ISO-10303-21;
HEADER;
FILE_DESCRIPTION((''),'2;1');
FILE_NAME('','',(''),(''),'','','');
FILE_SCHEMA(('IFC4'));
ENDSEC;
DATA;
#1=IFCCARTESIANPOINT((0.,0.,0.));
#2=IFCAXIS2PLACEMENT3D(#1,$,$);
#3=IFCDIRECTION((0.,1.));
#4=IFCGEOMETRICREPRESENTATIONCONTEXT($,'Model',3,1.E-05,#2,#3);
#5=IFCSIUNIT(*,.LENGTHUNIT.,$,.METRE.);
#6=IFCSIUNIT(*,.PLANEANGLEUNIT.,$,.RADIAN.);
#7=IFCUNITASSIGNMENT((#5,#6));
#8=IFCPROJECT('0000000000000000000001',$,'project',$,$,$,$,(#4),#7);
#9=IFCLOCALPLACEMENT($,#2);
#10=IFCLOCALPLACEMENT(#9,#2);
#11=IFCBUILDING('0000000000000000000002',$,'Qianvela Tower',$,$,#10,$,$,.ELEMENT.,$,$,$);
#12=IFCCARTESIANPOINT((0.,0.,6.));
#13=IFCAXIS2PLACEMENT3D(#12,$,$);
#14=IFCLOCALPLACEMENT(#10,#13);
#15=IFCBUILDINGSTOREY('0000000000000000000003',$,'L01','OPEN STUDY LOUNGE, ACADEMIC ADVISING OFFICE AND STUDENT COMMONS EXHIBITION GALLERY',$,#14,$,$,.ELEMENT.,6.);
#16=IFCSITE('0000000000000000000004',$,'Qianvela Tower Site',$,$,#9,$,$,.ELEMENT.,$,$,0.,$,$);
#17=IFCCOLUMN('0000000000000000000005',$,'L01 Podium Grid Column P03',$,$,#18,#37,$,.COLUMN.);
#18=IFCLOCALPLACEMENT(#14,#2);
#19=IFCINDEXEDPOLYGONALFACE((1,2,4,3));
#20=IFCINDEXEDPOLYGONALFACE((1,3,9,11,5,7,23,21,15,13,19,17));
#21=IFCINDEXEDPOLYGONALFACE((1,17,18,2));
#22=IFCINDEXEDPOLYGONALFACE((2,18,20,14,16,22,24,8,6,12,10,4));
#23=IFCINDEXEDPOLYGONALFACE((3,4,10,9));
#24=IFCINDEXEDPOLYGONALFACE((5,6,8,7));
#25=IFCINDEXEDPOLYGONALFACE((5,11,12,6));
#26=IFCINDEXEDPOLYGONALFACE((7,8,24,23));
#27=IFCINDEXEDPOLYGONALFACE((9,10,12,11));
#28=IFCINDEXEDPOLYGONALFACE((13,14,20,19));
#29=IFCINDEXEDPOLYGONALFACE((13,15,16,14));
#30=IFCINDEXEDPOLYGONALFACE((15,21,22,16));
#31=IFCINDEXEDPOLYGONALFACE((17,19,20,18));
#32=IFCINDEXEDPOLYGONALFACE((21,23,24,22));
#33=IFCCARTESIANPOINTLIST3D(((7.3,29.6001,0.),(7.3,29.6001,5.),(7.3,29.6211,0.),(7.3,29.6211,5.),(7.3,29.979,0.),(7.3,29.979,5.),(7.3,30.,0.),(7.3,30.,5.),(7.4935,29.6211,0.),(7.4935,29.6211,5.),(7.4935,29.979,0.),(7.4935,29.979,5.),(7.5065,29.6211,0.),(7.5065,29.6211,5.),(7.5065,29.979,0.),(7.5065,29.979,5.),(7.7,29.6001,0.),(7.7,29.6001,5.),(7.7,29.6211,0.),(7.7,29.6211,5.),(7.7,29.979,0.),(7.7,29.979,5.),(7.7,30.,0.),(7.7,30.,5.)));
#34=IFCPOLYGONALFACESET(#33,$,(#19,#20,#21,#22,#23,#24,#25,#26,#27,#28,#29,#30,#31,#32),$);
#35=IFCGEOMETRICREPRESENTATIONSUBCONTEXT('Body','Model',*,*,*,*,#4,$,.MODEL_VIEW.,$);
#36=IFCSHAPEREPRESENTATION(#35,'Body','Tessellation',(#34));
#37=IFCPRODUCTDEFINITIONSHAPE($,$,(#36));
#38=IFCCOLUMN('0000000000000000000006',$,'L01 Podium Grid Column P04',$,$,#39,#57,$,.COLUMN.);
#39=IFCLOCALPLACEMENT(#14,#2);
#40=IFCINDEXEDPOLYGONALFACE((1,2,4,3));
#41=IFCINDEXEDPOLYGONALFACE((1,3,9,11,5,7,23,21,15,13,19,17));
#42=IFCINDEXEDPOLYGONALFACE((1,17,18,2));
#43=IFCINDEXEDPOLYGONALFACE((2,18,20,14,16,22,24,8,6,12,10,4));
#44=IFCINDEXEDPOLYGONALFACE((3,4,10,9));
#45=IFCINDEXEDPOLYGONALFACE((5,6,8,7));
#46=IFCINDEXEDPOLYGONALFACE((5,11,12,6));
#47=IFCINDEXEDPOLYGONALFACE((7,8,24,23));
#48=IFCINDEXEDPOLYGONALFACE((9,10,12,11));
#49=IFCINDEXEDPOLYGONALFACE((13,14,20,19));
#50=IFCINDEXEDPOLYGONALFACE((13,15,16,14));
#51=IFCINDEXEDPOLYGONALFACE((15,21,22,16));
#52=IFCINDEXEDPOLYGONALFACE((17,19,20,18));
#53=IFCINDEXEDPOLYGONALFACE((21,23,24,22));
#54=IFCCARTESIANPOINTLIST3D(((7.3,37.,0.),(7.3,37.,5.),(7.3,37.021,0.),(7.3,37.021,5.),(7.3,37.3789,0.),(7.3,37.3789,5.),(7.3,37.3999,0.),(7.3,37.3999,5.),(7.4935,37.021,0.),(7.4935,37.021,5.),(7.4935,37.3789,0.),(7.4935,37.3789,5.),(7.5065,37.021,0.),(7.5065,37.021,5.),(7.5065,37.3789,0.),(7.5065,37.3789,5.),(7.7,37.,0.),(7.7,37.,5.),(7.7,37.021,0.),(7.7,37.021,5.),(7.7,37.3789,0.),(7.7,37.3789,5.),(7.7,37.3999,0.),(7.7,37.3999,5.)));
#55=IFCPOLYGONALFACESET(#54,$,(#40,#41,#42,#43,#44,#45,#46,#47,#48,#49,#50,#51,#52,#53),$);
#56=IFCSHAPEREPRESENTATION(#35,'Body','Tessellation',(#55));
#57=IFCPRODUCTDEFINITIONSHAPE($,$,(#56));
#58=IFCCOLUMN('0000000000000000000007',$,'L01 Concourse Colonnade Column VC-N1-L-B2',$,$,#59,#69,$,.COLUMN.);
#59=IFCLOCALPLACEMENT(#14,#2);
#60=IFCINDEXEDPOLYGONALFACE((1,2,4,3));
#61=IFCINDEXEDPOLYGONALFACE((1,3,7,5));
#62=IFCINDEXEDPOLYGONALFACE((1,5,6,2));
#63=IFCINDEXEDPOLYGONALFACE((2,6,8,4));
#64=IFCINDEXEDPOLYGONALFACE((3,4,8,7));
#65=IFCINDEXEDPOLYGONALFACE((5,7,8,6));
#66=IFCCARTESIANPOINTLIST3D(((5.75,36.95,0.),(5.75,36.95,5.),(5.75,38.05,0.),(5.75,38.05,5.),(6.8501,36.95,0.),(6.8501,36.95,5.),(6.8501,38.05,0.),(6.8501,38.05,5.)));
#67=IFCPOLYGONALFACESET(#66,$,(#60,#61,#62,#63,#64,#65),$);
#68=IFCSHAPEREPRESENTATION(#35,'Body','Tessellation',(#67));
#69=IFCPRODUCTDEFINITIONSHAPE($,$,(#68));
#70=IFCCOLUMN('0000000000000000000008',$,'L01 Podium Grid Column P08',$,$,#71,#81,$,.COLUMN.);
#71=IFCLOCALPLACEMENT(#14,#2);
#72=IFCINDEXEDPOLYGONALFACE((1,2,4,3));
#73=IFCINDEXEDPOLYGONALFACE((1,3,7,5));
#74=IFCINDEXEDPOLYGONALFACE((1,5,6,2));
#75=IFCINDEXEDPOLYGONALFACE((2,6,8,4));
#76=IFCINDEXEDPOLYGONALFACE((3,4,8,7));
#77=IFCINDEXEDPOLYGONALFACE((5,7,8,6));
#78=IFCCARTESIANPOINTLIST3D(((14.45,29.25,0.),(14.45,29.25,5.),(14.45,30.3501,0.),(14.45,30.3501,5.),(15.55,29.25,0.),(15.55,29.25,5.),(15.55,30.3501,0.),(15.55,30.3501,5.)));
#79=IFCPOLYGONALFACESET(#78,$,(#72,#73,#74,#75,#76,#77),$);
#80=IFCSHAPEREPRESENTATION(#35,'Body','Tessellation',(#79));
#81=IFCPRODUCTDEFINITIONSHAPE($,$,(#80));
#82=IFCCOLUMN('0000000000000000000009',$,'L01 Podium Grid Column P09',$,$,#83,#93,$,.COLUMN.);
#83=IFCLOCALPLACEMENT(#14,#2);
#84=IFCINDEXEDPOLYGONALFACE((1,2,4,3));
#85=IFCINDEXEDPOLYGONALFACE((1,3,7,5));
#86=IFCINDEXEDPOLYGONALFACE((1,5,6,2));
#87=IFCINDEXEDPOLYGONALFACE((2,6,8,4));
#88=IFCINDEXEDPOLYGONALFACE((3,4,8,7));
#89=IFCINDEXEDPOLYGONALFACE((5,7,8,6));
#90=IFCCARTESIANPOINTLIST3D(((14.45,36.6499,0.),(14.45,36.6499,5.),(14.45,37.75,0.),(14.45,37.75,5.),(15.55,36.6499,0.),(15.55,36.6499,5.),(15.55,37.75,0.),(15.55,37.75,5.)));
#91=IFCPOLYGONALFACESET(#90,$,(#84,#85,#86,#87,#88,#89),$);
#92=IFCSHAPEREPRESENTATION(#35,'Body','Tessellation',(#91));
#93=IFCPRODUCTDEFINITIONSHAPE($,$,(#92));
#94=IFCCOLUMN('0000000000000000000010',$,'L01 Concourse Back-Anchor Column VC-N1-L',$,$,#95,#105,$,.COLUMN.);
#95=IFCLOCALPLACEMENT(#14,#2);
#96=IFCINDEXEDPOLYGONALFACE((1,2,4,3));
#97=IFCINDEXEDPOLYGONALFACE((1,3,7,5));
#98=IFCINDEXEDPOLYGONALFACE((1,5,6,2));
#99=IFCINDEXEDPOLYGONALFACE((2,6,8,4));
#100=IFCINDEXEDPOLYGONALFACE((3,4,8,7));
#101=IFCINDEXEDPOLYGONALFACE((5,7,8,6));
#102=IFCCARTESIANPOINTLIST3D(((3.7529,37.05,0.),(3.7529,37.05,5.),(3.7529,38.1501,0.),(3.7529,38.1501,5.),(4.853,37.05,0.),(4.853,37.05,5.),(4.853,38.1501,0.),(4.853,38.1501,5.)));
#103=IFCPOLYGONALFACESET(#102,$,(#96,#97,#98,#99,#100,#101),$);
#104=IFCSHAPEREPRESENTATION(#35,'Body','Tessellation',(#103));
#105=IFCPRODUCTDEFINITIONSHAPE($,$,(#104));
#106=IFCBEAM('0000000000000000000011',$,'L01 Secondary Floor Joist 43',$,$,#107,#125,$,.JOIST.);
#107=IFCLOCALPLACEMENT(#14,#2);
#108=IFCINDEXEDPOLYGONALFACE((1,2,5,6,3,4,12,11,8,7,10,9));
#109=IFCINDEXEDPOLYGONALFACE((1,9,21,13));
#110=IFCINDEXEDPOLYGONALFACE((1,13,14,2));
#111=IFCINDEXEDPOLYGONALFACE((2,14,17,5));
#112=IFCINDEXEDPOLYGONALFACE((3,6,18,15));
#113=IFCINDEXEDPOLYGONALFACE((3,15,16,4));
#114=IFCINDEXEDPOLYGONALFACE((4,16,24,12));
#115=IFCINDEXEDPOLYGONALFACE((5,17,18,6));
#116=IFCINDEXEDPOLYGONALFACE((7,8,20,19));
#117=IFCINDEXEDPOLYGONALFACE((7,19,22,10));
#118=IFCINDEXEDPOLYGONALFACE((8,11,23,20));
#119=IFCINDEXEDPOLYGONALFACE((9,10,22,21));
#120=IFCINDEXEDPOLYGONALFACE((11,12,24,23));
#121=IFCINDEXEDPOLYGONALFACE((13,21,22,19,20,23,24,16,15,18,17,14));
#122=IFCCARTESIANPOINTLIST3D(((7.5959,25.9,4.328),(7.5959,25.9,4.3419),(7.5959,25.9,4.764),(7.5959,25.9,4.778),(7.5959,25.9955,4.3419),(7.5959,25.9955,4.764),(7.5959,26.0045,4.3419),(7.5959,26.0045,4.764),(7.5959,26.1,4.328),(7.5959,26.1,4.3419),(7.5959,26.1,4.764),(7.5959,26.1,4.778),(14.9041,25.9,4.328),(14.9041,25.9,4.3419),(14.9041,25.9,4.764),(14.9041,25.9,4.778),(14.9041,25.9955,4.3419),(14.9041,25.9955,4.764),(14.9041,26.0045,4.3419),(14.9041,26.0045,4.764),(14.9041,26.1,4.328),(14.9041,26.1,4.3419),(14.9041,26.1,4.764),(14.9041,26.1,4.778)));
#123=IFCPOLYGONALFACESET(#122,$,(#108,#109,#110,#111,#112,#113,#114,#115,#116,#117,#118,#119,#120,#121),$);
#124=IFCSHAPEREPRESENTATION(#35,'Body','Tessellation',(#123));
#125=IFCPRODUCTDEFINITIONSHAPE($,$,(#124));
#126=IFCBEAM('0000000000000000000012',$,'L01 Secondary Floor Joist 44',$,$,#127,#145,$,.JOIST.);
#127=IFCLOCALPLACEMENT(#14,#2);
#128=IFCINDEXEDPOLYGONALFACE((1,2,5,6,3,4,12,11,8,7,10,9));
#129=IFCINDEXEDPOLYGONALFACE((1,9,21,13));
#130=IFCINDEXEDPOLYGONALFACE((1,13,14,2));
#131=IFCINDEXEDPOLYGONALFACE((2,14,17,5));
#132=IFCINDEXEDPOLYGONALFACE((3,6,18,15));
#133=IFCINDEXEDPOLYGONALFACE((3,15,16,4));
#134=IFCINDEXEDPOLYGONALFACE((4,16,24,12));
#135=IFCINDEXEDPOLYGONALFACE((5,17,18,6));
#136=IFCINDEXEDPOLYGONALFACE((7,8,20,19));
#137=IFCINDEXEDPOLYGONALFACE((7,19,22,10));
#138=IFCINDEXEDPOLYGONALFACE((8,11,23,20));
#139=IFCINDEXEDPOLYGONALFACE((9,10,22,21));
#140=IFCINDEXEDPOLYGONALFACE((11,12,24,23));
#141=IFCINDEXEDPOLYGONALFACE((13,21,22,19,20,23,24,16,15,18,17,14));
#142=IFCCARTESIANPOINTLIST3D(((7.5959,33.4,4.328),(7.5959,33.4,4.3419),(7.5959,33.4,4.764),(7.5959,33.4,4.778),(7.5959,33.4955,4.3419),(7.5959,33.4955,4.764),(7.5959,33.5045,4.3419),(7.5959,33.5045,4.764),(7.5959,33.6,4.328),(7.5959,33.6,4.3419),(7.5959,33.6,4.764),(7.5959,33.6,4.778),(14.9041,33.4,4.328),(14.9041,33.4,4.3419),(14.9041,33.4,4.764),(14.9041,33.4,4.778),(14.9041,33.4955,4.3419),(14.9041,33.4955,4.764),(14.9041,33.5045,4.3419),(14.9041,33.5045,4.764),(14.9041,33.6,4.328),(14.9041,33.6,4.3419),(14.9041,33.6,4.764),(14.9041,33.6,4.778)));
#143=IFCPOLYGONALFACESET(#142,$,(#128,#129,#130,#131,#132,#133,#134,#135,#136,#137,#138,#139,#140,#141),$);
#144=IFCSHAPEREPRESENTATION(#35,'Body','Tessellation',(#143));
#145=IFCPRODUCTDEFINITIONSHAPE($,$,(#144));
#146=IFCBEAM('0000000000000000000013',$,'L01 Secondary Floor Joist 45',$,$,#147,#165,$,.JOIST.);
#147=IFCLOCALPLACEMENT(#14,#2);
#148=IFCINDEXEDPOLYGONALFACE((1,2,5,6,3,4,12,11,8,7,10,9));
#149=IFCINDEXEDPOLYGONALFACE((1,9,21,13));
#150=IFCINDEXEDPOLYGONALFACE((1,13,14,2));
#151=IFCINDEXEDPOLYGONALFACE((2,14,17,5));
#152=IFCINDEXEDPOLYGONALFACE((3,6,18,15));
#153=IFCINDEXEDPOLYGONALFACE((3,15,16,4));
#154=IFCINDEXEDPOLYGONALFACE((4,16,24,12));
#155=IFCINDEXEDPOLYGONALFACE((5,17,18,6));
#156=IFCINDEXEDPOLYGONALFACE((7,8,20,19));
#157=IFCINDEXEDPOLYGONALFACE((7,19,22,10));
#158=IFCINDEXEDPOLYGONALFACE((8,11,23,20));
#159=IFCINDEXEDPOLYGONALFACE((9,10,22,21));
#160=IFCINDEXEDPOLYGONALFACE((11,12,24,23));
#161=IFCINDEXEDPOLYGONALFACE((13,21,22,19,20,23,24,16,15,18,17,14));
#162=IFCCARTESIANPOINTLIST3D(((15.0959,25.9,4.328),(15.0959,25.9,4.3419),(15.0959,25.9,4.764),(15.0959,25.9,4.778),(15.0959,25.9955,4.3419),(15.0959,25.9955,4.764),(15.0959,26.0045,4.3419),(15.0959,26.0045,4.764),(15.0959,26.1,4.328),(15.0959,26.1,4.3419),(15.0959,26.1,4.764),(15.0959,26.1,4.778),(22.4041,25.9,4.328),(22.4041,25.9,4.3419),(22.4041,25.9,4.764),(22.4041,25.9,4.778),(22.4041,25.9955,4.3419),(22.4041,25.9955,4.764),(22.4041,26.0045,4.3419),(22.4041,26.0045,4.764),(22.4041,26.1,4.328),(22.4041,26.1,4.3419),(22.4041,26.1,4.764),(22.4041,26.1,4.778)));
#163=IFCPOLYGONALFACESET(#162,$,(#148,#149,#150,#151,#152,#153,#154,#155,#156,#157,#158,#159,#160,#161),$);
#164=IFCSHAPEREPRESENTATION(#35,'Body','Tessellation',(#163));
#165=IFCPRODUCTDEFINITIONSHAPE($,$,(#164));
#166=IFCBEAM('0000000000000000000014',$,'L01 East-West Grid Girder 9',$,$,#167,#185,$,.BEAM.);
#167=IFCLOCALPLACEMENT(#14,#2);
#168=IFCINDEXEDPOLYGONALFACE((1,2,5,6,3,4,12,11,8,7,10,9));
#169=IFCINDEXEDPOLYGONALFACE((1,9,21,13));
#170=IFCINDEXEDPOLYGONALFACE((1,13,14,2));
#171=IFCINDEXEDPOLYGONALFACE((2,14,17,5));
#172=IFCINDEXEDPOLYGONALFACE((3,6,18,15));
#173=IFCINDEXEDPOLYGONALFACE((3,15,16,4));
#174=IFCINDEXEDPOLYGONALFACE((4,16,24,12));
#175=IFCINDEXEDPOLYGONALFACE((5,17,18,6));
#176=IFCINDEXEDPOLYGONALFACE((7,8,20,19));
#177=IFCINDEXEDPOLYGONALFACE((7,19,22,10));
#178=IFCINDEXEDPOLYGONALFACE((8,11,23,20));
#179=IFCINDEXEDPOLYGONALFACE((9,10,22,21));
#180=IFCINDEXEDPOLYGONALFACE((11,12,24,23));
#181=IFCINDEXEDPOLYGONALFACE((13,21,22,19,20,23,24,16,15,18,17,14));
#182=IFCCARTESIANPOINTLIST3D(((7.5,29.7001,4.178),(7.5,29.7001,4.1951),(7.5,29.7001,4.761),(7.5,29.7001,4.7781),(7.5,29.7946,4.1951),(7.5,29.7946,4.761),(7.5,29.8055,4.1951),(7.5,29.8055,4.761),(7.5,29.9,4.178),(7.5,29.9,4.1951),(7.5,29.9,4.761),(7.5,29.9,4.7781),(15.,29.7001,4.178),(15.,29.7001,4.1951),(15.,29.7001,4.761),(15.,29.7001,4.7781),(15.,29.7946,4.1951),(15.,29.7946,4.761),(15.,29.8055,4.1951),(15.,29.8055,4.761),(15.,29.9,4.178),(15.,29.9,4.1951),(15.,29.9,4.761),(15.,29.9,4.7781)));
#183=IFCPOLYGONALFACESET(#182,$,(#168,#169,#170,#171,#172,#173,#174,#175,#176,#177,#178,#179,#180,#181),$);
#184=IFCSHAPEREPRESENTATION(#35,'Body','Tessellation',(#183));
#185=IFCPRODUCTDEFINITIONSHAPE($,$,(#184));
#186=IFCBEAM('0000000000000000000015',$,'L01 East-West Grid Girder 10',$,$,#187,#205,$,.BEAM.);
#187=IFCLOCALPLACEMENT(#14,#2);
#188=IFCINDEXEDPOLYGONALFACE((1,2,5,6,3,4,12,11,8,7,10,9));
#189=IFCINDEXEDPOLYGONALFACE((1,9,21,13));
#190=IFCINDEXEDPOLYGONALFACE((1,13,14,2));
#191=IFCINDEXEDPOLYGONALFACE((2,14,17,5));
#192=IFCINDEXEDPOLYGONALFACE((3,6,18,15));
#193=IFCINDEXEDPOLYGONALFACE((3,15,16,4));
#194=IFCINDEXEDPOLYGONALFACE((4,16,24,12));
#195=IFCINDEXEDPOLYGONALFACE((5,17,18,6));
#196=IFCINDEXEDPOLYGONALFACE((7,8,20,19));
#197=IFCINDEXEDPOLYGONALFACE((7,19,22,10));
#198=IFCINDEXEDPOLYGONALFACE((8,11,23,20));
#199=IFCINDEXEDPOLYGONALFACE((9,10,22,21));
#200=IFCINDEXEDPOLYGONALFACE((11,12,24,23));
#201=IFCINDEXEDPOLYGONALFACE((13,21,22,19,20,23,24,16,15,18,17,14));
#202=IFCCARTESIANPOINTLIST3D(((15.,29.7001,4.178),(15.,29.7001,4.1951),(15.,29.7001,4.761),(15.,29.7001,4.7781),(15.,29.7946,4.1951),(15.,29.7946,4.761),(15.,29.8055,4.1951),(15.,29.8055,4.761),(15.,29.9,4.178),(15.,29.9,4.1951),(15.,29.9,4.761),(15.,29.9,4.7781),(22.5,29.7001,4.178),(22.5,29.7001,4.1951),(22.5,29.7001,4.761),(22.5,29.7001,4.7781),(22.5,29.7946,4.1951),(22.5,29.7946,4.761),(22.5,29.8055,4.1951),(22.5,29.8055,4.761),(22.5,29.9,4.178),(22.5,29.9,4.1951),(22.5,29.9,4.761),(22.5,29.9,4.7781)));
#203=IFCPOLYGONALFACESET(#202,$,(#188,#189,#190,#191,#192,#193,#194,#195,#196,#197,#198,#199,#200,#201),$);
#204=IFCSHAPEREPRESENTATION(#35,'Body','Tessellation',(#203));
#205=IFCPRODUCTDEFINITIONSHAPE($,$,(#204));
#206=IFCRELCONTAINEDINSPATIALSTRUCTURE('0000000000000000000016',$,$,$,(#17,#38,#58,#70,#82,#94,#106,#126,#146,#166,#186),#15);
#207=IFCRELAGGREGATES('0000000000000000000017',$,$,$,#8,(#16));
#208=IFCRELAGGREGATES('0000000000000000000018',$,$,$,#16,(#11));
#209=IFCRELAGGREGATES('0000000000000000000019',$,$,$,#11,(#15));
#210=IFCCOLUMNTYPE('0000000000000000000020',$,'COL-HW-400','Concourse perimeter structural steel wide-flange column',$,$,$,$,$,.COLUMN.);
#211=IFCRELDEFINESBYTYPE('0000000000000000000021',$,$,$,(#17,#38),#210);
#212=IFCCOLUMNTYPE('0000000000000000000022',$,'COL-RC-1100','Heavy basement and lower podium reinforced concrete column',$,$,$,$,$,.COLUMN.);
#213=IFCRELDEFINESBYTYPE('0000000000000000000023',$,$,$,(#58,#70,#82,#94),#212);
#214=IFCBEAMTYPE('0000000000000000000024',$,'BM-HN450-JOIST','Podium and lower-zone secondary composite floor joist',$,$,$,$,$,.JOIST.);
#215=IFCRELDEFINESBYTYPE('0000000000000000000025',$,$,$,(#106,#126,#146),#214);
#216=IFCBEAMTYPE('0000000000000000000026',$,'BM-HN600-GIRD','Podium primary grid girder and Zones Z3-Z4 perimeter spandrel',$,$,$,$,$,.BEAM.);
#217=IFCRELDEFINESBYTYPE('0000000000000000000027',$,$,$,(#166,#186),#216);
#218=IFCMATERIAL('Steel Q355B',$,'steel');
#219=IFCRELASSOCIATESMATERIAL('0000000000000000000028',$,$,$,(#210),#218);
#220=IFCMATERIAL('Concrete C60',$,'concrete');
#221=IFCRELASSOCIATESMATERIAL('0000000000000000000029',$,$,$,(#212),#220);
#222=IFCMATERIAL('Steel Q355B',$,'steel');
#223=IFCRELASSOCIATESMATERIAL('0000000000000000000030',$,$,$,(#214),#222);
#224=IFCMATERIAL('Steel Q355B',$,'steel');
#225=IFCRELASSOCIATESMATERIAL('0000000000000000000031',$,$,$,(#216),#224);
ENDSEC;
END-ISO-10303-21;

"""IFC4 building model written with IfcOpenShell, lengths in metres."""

from ifc_helpers import new_model, si_unit, direction, frame, origin, origin_2d, place, context, subcontext, project, spatial, rectangle, i_section, extrude, material, material_profile, profile_set, type_object, element, save


model = new_model("IFC4")

# Units and contexts
model_context = context("Model", 3, precision=1e-05, world=origin(), true_north=direction((0.0, 1.0)))
body_context = subcontext(model_context, "Body", "Model", "MODEL_VIEW")
ifc_project = project(units=[si_unit("LENGTHUNIT", "METRE"), si_unit("PLANEANGLEUNIT", "RADIAN")], contexts=[model_context])

# Site, building, storey
site_placement = place(None, origin())
site = spatial("IfcSite", under=ifc_project, at=site_placement, Name="Qianvela Tower Site", CompositionType="ELEMENT", RefElevation=0.0)
building_placement = place(site_placement, origin())
building = spatial("IfcBuilding", under=site, at=building_placement, Name="Qianvela Tower", CompositionType="ELEMENT")
storey_placement = place(building_placement, frame((0.0, 0.0, 6.0)))
storey = spatial("IfcBuildingStorey", under=building, at=storey_placement, Name="L01", Description="OPEN STUDY LOUNGE, ACADEMIC ADVISING OFFICE AND STUDENT COMMONS EXHIBITION GALLERY", CompositionType="ELEMENT", Elevation=6.0)

# Columns
ifc_material_1 = material(Name="Steel Q355B", Category="steel")
ifc_material_profile_1 = material_profile(ifc_material_1, i_section(OverallWidth=0.3999, OverallDepth=0.3999, WebThickness=0.0129, FlangeThickness=0.021, at=origin_2d()), Name="HW400x400x13x21")
ifc_profile_set_1 = profile_set([ifc_material_profile_1], Name="Steel Q355B")
column_type_1 = type_object("IfcColumnType", Name="COL-HW-400", Description="Concourse perimeter structural steel wide-flange column", PredefinedType="COLUMN", material=ifc_profile_set_1)
for number, where, z_axis, x_axis, name in (
    (1, (7.5, 29.8, 0.0), (0.0, 0.0, 1.0), (1.0, 0.0, 0.0), "L01 Podium Grid Column P03"),
    (2, (7.5, 37.2, 0.0), (0.0, 0.0, 1.0), (1.0, 0.0, 0.0), "L01 Podium Grid Column P04"),
):
    element("IfcColumn", number, at=place(storey_placement, frame(where, z_axis=z_axis, x_axis=x_axis)), inside=storey, type_object=column_type_1, Name=name, PredefinedType="COLUMN", context=body_context, shape_type="SweptSolid", body=[
        extrude(i_section(OverallWidth=0.3999, OverallDepth=0.3999, WebThickness=0.0129, FlangeThickness=0.021, at=origin_2d()), origin(), (0.0, 0.0, 1.0), 5.0),
    ])
ifc_material_2 = material(Name="Concrete C60", Category="concrete")
ifc_material_profile_2 = material_profile(ifc_material_2, rectangle(XDim=1.1001, YDim=1.1001, at=origin_2d()), Name="RC-COL-1100x1100")
ifc_profile_set_2 = profile_set([ifc_material_profile_2], Name="Concrete C60")
column_type_2 = type_object("IfcColumnType", Name="COL-RC-1100", Description="Heavy basement and lower podium reinforced concrete column", PredefinedType="COLUMN", material=ifc_profile_set_2)
for number, where, z_axis, x_axis, name in (
    (3, (6.3, 37.5, 0.0), (0.0, 0.0, 1.0), (1.0, 0.0, 0.0), "L01 Concourse Colonnade Column VC-N1-L-B2"),
    (4, (15.0, 29.8, 0.0), (0.0, 0.0, 1.0), (1.0, 0.0, 0.0), "L01 Podium Grid Column P08"),
    (5, (15.0, 37.2, 0.0), (0.0, 0.0, 1.0), (1.0, 0.0, 0.0), "L01 Podium Grid Column P09"),
    (6, (4.303, 37.6001, 0.0), (0.0, 0.0, 1.0), (1.0, 0.0, 0.0), "L01 Concourse Back-Anchor Column VC-N1-L"),
):
    element("IfcColumn", number, at=place(storey_placement, frame(where, z_axis=z_axis, x_axis=x_axis)), inside=storey, type_object=column_type_2, Name=name, PredefinedType="COLUMN", context=body_context, shape_type="SweptSolid", body=[
        extrude(rectangle(XDim=1.1001, YDim=1.1001, at=origin_2d()), origin(), (0.0, 0.0, 1.0), 5.0),
    ])

# Beams
ifc_material_3 = material(Name="Steel Q355B", Category="steel")
ifc_material_profile_3 = material_profile(ifc_material_3, i_section(OverallWidth=0.2, OverallDepth=0.45, WebThickness=0.009, FlangeThickness=0.0139, at=origin_2d()), Name="HN450x200x9x14")
ifc_profile_set_3 = profile_set([ifc_material_profile_3], Name="Steel Q355B")
beam_type_1 = type_object("IfcBeamType", Name="BM-HN450-JOIST", Description="Podium and lower-zone secondary composite floor joist", PredefinedType="JOIST", material=ifc_profile_set_3)
for number, where, z_axis, x_axis, name in (
    (7, (7.5959, 26.0, 4.553), (1.0, 0.0, 0.0), (0.0, 1.0, 0.0), "L01 Secondary Floor Joist 43"),
    (8, (7.5959, 33.5, 4.553), (1.0, 0.0, 0.0), (0.0, 1.0, 0.0), "L01 Secondary Floor Joist 44"),
    (9, (15.0959, 26.0, 4.553), (1.0, 0.0, 0.0), (0.0, 1.0, 0.0), "L01 Secondary Floor Joist 45"),
):
    element("IfcBeam", number, at=place(storey_placement, frame(where, z_axis=z_axis, x_axis=x_axis)), inside=storey, type_object=beam_type_1, Name=name, PredefinedType="JOIST", context=body_context, shape_type="SweptSolid", body=[
        extrude(i_section(OverallWidth=0.2, OverallDepth=0.45, WebThickness=0.009, FlangeThickness=0.0139, at=origin_2d()), origin(), (0.0, 0.0, 1.0), 7.3081),
    ])
ifc_material_4 = material(Name="Steel Q355B", Category="steel")
ifc_material_profile_4 = material_profile(ifc_material_4, i_section(OverallWidth=0.2, OverallDepth=0.6001, WebThickness=0.011, FlangeThickness=0.0171, at=origin_2d()), Name="HN600x200x11x17")
ifc_profile_set_4 = profile_set([ifc_material_profile_4], Name="Steel Q355B")
beam_type_2 = type_object("IfcBeamType", Name="BM-HN600-GIRD", Description="Podium primary grid girder and Zones Z3-Z4 perimeter spandrel", PredefinedType="BEAM", material=ifc_profile_set_4)
for number, where, z_axis, x_axis, name in (
    (10, (7.5, 29.8, 4.478), (1.0, 0.0, 0.0), (0.0, 1.0, 0.0), "L01 East-West Grid Girder 9"),
    (11, (15.0, 29.8, 4.478), (1.0, 0.0, 0.0), (0.0, 1.0, 0.0), "L01 East-West Grid Girder 10"),
):
    element("IfcBeam", number, at=place(storey_placement, frame(where, z_axis=z_axis, x_axis=x_axis)), inside=storey, type_object=beam_type_2, Name=name, PredefinedType="BEAM", context=body_context, shape_type="SweptSolid", body=[
        extrude(i_section(OverallWidth=0.2, OverallDepth=0.6001, WebThickness=0.011, FlangeThickness=0.0171, at=origin_2d()), origin(), (0.0, 0.0, 1.0), 7.5),
    ])

save(model, "model.ifc")
